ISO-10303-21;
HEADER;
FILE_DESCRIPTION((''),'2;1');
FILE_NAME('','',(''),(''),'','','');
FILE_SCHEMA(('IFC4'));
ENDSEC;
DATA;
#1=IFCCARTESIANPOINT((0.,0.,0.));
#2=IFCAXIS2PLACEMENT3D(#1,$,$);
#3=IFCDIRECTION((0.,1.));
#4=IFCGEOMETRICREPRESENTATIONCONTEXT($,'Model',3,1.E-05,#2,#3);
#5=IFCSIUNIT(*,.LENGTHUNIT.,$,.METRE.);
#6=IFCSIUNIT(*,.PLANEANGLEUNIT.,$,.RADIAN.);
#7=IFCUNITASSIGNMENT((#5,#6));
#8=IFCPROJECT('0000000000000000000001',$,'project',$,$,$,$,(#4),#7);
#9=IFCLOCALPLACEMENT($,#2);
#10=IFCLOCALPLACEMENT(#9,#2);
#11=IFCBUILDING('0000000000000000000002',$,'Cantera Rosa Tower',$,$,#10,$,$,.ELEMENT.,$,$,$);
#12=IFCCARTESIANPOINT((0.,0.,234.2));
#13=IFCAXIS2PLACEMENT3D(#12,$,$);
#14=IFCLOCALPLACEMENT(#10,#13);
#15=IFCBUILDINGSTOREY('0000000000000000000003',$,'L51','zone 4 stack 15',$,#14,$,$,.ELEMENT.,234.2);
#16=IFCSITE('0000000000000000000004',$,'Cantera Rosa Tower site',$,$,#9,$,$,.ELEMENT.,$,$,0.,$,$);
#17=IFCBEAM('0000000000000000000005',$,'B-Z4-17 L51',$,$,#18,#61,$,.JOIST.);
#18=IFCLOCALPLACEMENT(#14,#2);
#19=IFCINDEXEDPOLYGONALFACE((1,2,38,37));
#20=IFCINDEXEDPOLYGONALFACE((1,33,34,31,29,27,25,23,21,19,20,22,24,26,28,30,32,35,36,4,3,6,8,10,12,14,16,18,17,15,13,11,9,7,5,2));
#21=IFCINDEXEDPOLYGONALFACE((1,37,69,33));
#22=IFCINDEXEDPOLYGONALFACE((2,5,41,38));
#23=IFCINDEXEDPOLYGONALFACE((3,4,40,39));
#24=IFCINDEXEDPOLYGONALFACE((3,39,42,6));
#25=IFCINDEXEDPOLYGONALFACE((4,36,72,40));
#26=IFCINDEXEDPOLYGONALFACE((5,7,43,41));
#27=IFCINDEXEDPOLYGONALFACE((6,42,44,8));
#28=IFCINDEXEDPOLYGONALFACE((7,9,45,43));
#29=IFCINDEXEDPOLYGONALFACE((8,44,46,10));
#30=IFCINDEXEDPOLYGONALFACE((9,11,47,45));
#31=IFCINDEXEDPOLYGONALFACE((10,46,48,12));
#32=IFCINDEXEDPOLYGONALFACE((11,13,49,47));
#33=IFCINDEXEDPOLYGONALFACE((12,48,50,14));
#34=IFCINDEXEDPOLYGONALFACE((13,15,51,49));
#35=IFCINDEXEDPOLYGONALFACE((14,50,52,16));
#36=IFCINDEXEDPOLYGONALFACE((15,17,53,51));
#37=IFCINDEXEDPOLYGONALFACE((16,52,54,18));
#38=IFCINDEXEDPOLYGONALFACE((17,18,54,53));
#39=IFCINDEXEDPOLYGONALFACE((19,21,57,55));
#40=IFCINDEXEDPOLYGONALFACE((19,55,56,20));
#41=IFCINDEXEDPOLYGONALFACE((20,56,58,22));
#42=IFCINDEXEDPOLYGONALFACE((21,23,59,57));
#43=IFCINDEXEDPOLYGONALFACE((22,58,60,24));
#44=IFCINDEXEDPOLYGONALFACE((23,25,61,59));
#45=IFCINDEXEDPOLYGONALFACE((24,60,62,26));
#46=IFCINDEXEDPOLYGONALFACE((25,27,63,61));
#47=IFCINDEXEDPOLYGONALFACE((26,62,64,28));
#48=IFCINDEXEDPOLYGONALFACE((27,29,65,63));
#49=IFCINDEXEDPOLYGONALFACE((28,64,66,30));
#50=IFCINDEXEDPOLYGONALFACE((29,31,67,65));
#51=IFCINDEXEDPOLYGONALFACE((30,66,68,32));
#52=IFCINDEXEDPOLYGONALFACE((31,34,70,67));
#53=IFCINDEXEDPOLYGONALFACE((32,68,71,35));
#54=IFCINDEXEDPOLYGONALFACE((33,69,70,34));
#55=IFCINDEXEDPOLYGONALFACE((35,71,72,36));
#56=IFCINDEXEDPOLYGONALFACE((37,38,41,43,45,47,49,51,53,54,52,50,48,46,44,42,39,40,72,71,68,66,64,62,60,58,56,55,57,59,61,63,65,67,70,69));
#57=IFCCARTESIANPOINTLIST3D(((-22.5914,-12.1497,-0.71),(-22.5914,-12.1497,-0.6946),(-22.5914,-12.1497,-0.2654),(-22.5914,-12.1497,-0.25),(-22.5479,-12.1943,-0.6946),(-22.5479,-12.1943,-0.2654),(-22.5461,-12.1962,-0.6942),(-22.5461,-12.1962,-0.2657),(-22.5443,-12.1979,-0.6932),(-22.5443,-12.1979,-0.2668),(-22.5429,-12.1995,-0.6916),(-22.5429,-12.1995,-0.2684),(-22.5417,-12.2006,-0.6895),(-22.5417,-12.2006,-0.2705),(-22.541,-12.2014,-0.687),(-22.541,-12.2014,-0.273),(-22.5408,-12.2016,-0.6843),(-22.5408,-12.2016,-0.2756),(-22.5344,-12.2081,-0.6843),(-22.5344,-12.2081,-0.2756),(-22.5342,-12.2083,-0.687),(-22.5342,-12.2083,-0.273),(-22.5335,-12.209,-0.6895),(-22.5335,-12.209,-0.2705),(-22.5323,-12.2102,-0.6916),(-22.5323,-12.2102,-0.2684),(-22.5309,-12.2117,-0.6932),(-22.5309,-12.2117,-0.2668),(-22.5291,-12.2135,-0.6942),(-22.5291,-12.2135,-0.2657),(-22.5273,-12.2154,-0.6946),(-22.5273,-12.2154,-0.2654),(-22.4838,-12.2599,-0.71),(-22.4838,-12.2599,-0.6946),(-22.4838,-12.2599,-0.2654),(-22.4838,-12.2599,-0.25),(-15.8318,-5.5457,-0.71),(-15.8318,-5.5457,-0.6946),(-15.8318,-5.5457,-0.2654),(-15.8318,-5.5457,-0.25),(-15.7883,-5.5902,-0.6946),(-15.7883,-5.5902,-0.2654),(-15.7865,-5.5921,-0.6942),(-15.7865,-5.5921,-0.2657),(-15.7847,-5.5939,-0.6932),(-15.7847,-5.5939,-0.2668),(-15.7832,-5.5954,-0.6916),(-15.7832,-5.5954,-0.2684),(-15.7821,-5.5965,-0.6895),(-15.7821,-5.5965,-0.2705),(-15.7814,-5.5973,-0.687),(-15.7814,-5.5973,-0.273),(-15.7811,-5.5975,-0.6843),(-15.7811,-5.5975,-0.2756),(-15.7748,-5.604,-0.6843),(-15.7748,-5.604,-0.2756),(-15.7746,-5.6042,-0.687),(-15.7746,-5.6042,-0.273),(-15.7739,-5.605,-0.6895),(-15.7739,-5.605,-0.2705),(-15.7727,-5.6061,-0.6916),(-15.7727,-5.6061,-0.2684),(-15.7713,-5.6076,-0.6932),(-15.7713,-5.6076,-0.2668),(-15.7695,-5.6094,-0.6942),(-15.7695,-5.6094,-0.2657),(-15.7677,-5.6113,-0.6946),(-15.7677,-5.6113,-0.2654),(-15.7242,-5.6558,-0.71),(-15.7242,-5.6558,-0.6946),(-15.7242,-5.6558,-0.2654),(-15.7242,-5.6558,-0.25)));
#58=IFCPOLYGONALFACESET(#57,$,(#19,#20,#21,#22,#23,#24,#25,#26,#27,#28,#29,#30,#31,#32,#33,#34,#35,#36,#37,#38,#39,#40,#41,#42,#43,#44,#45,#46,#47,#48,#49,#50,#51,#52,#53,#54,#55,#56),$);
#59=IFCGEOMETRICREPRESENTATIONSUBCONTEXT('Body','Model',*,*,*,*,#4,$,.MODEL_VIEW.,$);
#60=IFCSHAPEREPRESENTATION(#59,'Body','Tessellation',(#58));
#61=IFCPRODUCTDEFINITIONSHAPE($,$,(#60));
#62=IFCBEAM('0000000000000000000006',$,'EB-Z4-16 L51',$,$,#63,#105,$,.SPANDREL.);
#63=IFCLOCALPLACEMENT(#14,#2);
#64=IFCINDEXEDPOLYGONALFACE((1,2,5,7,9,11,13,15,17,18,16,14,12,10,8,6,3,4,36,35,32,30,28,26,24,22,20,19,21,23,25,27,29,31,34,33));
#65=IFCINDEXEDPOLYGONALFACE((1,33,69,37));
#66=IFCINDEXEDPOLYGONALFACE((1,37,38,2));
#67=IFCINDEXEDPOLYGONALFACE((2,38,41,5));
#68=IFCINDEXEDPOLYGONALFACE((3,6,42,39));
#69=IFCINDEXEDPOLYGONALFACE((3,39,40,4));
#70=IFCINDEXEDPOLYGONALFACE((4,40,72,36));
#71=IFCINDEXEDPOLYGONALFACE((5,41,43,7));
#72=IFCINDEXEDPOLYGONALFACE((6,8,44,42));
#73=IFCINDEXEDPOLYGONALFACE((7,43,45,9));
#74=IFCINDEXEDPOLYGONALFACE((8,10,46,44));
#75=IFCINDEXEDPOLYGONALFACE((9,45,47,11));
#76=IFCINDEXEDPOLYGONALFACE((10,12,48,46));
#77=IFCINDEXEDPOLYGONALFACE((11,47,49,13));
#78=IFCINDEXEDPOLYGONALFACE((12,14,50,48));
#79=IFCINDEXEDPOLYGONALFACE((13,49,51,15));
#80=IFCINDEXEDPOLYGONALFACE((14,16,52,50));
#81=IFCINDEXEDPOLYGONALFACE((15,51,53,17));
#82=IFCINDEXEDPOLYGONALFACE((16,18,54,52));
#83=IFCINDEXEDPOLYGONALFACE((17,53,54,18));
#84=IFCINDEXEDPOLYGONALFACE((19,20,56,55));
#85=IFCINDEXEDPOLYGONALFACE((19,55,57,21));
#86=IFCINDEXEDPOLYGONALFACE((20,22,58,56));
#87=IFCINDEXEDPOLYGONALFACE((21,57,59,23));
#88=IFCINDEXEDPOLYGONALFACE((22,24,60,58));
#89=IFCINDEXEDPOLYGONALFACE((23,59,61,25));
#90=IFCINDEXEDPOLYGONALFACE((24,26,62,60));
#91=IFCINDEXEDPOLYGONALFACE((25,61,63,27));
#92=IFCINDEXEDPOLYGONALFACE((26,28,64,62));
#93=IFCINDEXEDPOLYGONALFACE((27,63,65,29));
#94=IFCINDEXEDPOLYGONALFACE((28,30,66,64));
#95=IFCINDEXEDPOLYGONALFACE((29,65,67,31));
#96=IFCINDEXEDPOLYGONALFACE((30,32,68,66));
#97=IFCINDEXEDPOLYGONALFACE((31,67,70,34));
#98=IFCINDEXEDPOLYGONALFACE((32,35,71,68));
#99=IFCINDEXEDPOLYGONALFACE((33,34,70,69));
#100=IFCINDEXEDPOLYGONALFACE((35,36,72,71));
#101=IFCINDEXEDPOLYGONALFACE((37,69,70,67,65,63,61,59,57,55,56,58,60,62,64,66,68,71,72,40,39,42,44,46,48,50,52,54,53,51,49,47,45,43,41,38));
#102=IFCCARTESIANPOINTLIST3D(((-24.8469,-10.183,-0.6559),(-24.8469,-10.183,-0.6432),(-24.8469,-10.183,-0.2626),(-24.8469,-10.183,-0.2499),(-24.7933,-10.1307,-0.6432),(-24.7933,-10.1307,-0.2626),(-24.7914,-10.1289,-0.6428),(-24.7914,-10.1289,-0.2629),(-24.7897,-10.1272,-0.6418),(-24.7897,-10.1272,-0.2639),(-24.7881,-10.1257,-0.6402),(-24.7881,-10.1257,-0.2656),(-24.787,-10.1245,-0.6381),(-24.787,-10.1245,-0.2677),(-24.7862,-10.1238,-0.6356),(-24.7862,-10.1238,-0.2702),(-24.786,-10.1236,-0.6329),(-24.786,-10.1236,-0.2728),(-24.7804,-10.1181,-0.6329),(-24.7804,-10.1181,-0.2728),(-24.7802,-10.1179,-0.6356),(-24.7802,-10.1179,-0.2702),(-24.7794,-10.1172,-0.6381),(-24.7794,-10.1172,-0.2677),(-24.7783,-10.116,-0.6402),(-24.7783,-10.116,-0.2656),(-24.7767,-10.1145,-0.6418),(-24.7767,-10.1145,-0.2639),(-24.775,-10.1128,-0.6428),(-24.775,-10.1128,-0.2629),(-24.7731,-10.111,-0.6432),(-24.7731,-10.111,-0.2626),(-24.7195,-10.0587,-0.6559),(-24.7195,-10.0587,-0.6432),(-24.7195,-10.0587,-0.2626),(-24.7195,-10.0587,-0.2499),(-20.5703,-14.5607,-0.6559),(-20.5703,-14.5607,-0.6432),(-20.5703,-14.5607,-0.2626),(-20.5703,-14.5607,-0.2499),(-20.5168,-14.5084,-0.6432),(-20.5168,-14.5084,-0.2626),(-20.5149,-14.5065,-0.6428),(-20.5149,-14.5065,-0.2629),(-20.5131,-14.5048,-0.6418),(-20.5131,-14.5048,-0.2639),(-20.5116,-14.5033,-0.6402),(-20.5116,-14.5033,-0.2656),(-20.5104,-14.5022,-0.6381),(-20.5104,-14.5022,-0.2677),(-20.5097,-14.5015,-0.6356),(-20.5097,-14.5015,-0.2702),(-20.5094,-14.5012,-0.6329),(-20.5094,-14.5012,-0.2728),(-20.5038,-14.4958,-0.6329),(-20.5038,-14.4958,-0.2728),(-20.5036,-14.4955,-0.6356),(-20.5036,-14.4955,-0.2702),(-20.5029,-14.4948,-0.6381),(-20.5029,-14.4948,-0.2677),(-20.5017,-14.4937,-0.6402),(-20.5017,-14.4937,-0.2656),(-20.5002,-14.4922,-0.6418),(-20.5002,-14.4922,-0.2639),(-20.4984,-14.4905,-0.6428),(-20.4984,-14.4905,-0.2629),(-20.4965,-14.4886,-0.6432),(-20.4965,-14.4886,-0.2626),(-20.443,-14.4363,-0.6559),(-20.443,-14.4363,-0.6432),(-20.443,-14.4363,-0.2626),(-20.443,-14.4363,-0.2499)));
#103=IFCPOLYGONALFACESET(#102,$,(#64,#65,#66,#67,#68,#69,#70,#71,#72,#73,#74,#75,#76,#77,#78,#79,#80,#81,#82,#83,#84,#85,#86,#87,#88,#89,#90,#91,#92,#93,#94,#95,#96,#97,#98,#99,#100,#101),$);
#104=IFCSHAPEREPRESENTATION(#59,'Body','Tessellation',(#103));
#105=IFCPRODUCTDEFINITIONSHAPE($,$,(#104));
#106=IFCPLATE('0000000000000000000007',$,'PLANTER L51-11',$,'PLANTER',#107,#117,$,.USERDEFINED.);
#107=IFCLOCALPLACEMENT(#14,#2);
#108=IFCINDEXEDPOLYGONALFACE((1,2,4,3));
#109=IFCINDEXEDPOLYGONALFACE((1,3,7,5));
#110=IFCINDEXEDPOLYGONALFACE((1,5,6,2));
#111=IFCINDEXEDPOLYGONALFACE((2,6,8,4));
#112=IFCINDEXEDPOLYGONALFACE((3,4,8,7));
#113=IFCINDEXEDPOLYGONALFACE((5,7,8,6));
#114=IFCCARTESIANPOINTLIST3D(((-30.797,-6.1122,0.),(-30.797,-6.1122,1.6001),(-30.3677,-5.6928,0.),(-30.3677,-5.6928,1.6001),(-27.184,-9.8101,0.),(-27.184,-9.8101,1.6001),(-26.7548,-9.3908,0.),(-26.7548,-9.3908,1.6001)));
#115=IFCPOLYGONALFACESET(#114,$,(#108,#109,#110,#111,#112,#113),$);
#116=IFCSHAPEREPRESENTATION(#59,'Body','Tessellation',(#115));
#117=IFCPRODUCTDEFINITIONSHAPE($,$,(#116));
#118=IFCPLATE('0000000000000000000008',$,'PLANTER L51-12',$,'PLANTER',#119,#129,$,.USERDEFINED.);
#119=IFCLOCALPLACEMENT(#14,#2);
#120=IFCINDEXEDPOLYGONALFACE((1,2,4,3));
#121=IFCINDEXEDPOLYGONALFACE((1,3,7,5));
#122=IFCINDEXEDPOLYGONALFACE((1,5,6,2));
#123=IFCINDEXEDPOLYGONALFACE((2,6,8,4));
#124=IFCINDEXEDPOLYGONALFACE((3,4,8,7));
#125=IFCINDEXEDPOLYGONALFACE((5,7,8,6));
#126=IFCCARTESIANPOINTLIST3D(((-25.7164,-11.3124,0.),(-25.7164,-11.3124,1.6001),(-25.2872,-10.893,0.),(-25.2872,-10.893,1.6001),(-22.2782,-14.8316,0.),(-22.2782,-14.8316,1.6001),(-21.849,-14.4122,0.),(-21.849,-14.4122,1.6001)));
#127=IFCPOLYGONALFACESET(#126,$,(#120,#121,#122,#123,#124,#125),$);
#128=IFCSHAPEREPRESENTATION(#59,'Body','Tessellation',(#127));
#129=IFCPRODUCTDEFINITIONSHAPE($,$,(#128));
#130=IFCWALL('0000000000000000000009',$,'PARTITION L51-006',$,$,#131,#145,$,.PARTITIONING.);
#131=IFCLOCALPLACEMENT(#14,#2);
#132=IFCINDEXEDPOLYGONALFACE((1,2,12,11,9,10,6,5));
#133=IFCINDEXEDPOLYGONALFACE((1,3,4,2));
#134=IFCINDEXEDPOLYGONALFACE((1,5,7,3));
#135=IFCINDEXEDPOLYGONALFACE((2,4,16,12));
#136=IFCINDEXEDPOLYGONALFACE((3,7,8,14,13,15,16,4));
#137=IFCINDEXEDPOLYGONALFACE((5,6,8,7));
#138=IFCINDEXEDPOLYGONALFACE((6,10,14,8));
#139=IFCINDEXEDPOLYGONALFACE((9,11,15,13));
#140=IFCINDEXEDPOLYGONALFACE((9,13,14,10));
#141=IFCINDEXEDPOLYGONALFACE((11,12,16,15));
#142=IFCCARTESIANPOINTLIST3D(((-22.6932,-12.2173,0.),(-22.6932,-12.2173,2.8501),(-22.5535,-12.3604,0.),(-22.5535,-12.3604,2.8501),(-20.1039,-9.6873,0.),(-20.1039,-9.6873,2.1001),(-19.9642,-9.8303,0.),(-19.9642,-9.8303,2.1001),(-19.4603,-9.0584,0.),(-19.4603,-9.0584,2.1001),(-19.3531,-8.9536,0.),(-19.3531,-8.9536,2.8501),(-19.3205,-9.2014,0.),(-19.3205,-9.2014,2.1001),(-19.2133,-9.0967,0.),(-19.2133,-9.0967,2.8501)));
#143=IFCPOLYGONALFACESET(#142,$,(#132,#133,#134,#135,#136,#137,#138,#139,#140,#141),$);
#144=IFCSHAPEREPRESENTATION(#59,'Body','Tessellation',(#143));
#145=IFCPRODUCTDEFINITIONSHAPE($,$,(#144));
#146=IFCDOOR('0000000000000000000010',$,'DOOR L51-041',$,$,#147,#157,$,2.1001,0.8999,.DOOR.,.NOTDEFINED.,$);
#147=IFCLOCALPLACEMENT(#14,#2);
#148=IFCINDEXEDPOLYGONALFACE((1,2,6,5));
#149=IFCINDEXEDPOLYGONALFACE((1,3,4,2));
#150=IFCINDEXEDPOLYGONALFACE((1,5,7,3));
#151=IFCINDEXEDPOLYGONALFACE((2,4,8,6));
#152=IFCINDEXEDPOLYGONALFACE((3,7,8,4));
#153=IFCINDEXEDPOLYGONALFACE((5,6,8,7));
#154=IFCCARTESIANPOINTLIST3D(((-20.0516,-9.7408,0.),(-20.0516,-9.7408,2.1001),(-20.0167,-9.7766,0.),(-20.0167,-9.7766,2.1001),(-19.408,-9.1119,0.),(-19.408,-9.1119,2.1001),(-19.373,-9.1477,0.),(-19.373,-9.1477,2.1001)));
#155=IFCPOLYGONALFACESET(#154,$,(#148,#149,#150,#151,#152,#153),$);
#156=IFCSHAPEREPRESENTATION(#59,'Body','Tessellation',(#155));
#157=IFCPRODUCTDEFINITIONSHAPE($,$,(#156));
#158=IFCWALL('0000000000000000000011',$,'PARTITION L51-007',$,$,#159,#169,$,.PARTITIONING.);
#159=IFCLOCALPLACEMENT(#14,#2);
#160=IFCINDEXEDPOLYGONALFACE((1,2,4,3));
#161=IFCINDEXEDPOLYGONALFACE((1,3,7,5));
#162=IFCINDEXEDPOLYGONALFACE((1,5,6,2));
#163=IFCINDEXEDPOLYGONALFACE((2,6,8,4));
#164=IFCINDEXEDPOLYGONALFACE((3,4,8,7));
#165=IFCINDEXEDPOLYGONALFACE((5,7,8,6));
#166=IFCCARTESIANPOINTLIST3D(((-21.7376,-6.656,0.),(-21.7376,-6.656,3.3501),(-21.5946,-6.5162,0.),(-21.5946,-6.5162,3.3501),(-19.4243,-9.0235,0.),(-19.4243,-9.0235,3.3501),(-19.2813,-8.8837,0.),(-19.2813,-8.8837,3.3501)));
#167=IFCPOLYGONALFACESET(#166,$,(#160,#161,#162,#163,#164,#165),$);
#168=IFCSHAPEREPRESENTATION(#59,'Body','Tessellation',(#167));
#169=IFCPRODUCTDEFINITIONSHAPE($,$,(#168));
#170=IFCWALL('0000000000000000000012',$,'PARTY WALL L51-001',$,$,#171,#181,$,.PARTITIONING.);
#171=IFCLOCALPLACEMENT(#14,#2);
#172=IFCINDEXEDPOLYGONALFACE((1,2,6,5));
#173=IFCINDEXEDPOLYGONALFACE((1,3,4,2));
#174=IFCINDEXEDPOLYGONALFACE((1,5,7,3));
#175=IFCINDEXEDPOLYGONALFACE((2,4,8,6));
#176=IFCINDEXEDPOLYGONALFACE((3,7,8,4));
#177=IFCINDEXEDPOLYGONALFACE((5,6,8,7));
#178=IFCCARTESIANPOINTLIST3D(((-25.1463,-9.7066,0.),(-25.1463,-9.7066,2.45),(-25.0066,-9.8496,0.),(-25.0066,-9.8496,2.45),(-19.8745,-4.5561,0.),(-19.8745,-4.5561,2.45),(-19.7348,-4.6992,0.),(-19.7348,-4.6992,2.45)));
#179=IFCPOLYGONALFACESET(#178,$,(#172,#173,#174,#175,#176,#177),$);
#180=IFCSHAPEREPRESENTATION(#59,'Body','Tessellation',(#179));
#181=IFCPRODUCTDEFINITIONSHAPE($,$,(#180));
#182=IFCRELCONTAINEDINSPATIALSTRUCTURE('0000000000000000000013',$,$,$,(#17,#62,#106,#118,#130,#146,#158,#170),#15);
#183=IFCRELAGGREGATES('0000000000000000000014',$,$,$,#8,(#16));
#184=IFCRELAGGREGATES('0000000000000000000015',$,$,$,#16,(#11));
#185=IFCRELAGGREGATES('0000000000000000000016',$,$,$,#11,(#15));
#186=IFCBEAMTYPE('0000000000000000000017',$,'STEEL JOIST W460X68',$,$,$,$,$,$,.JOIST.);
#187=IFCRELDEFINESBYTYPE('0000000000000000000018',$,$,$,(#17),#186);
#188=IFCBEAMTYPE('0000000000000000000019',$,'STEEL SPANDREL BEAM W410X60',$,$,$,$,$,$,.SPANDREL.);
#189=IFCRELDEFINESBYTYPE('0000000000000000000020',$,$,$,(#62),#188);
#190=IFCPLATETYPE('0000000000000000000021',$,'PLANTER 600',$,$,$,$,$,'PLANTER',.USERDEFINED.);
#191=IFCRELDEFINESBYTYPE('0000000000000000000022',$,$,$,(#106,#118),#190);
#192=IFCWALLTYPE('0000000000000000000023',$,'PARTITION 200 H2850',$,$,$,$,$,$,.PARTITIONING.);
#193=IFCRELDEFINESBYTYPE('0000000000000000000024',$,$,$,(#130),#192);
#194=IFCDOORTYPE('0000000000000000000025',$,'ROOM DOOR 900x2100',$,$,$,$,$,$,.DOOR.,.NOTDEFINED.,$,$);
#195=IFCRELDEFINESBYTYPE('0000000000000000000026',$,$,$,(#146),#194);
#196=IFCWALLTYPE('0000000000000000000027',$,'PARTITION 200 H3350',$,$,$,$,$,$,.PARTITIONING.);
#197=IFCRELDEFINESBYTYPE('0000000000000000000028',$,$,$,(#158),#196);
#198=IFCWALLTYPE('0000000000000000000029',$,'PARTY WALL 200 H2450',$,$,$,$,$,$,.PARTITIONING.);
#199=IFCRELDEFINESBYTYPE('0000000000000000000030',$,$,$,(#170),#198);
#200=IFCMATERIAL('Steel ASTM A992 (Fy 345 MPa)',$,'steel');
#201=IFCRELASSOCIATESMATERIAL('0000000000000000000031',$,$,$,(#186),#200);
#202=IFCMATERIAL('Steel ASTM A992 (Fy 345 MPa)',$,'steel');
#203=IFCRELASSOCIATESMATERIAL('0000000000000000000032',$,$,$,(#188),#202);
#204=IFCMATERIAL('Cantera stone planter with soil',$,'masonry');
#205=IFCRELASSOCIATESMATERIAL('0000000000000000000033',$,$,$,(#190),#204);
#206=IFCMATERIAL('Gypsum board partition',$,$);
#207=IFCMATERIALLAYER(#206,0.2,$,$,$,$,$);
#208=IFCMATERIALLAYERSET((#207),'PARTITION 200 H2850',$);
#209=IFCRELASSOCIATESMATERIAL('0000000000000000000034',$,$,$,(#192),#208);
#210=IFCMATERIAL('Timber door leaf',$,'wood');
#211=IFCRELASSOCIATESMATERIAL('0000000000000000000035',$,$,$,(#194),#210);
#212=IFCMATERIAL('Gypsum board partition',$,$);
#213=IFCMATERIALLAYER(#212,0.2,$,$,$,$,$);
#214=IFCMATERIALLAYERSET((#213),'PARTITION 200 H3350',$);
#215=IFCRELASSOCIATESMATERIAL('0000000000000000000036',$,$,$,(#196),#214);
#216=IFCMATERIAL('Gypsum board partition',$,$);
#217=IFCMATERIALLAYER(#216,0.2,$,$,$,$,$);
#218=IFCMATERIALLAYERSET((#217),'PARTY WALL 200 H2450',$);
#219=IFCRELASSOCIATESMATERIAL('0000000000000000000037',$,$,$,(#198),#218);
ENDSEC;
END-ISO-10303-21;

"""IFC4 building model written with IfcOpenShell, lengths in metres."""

from ifc_helpers import new_model, si_unit, direction, frame, frame_2d, origin, origin_2d, place, context, subcontext, project, spatial, rectangle, i_section, extrude, material, layer, layer_set, material_profile, profile_set, type_object, element, fill, save


model = new_model("IFC4")

# Units and contexts
model_context = context("Model", 3, precision=1e-05, world=origin(), true_north=direction((0.0, 1.0)))
body_context = subcontext(model_context, "Body", "Model", "MODEL_VIEW")
ifc_project = project(units=[si_unit("LENGTHUNIT", "METRE"), si_unit("PLANEANGLEUNIT", "RADIAN")], contexts=[model_context])

# Site, building, storey
site_placement = place(None, origin())
site = spatial("IfcSite", under=ifc_project, at=site_placement, Name="Cantera Rosa Tower site", CompositionType="ELEMENT", RefElevation=0.0)
building_placement = place(site_placement, origin())
building = spatial("IfcBuilding", under=site, at=building_placement, Name="Cantera Rosa Tower", CompositionType="ELEMENT")
storey_placement = place(building_placement, frame((0.0, 0.0, 234.2)))
storey = spatial("IfcBuildingStorey", under=building, at=storey_placement, Name="L51", Description="zone 4 stack 15", CompositionType="ELEMENT", Elevation=234.2)

# Beams
ifc_material_1 = material(Name="Steel ASTM A992 (Fy 345 MPa)", Category="steel")
ifc_material_profile_1 = material_profile(ifc_material_1, i_section(OverallWidth=0.1541, OverallDepth=0.46, WebThickness=0.009, FlangeThickness=0.0154, FilletRadius=0.0103, at=origin_2d()), Name="W460X68")
ifc_profile_set_1 = profile_set([ifc_material_profile_1], Name="Steel ASTM A992 (Fy 345 MPa)")
beam_type_1 = type_object("IfcBeamType", Name="STEEL JOIST W460X68", PredefinedType="JOIST", material=ifc_profile_set_1)
beam_1_placement = place(storey_placement, frame((-22.5376, -12.2048, -0.48), z_axis=(0.715287, 0.698831, 0.0), x_axis=(-0.698831, 0.715287, 0.0)))
element("IfcBeam", 1, at=beam_1_placement, inside=storey, type_object=beam_type_1, Name="B-Z4-17 L51", PredefinedType="JOIST", context=body_context, shape_type="SweptSolid", body=[
    extrude(i_section(OverallWidth=0.1541, OverallDepth=0.46, WebThickness=0.009, FlangeThickness=0.0154, FilletRadius=0.0103, at=origin_2d()), origin(), (0.0, 0.0, 1.0), 9.4502),
])
ifc_material_2 = material(Name="Steel ASTM A992 (Fy 345 MPa)", Category="steel")
ifc_material_profile_2 = material_profile(ifc_material_2, i_section(OverallWidth=0.178, OverallDepth=0.406, WebThickness=0.0078, FlangeThickness=0.0127, FilletRadius=0.0103, at=origin_2d()), Name="W410X60")
ifc_profile_set_2 = profile_set([ifc_material_profile_2], Name="Steel ASTM A992 (Fy 345 MPa)")
beam_type_2 = type_object("IfcBeamType", Name="STEEL SPANDREL BEAM W410X60", PredefinedType="SPANDREL", material=ifc_profile_set_2)
beam_2_placement = place(storey_placement, frame((-24.7832, -10.1208, -0.4529), z_axis=(0.698801, -0.715316, 0.0), x_axis=(0.715316, 0.698801, 0.0)))
element("IfcBeam", 2, at=beam_2_placement, inside=storey, type_object=beam_type_2, Name="EB-Z4-16 L51", PredefinedType="SPANDREL", context=body_context, shape_type="SweptSolid", body=[
    extrude(i_section(OverallWidth=0.178, OverallDepth=0.406, WebThickness=0.0078, FlangeThickness=0.0127, FilletRadius=0.0103, at=origin_2d()), origin(), (0.0, 0.0, 1.0), 6.1199),
])

# Plates
ifc_material_3 = material(Name="Cantera stone planter with soil", Category="masonry")
plate_type = type_object("IfcPlateType", Name="PLANTER 600", ElementType="PLANTER", PredefinedType="USERDEFINED", material=ifc_material_3)
plate_1_placement = place(storey_placement, frame((-28.7759, -7.7515, 0.0), z_axis=(0.0, 0.0, 1.0), x_axis=(0.698832, -0.715286, 0.0)))
element("IfcPlate", 3, at=plate_1_placement, inside=storey, type_object=plate_type, Name="PLANTER L51-11", ObjectType="PLANTER", PredefinedType="USERDEFINED", context=body_context, shape_type="SweptSolid", body=[
    extrude(rectangle(XDim=5.1699, YDim=0.6001, at=origin_2d()), origin(), (0.0, 0.0, 1.0), 1.6001),
])
plate_2_placement = place(storey_placement, frame((-23.7827, -12.8623, 0.0), z_axis=(0.0, 0.0, 1.0), x_axis=(0.698832, -0.715286, 0.0)))
element("IfcPlate", 4, at=plate_2_placement, inside=storey, type_object=plate_type, Name="PLANTER L51-12", ObjectType="PLANTER", PredefinedType="USERDEFINED", context=body_context, shape_type="SweptSolid", body=[
    extrude(rectangle(XDim=4.9199, YDim=0.6001, at=origin_2d()), origin(), (0.0, 0.0, 1.0), 1.6001),
])

# Wall, opening, door
ifc_material_4 = material(Name="Gypsum board partition")
ifc_layer_1 = layer(ifc_material_4, 0.2)
ifc_layer_set_1 = layer_set([ifc_layer_1], Name="PARTITION 200 H2850")
wall_type_1 = type_object("IfcWallType", Name="PARTITION 200 H2850", PredefinedType="PARTITIONING", material=ifc_layer_set_1)
wall_1_placement = place(storey_placement, frame((-19.2832, -9.0251, 0.0), z_axis=(0.0, 0.0, 1.0), x_axis=(-0.715241, -0.698878, 0.0)))
wall_1 = element("IfcWall", 5, at=wall_1_placement, inside=storey, type_object=wall_type_1, Name="PARTITION L51-006", PredefinedType="PARTITIONING", context=body_context, shape_type="SweptSolid", body=[
    extrude(rectangle(XDim=4.6699, YDim=0.2, at=frame_2d((2.335, 0.0))), origin(), (0.0, 0.0, 1.0), 2.8501),
])
opening_1_placement = place(wall_1_placement, frame((0.1499, 0.0, 0.0)))
opening_1 = element("IfcOpeningElement", 6, at=opening_1_placement, cuts=wall_1, PredefinedType="OPENING", context=body_context, shape_type="SweptSolid", body=[
    extrude(rectangle(XDim=0.8999, YDim=2.1001, at=frame_2d((0.45, 1.05))), frame((0.0, 0.1099, 0.0), z_axis=(0.0, -1.0, 0.0), x_axis=(1.0, 0.0, 0.0)), (0.0, 0.0, 1.0), 0.22),
])
ifc_material_5 = material(Name="Timber door leaf", Category="wood")
door_type_1 = type_object("IfcDoorType", Name="ROOM DOOR 900x2100", OperationType="NOTDEFINED", PredefinedType="DOOR", material=ifc_material_5)
door_1_placement = place(opening_1_placement, origin())
door_1 = element("IfcDoor", 7, at=door_1_placement, inside=storey, type_object=door_type_1, Name="DOOR L51-041", OperationType="NOTDEFINED", OverallHeight=2.1001, OverallWidth=0.8999, PredefinedType="DOOR", context=body_context, shape_type="SweptSolid", body=[
    extrude(rectangle(XDim=0.8999, YDim=2.1001, at=frame_2d((0.45, 1.05))), frame((0.0, 0.0249, 0.0), z_axis=(0.0, -1.0, 0.0), x_axis=(1.0, 0.0, 0.0)), (0.0, 0.0, 1.0), 0.05),
])
fill(opening_1, door_1)

# Walls
ifc_material_6 = material(Name="Gypsum board partition")
ifc_layer_2 = layer(ifc_material_6, 0.2)
ifc_layer_set_2 = layer_set([ifc_layer_2], Name="PARTITION 200 H3350")
wall_type_2 = type_object("IfcWallType", Name="PARTITION 200 H3350", PredefinedType="PARTITIONING", material=ifc_layer_set_2)
wall_2_placement = place(storey_placement, frame((-19.3528, -8.9536, 0.0), z_axis=(0.0, 0.0, 1.0), x_axis=(-0.698872, 0.715247, 0.0)))
element("IfcWall", 8, at=wall_2_placement, inside=storey, type_object=wall_type_2, Name="PARTITION L51-007", PredefinedType="PARTITIONING", context=body_context, shape_type="SweptSolid", body=[
    extrude(rectangle(XDim=3.3101, YDim=0.2, at=frame_2d((1.655, 0.0))), origin(), (0.0, 0.0, 1.0), 3.3501),
])
ifc_material_7 = material(Name="Gypsum board partition")
ifc_layer_3 = layer(ifc_material_7, 0.2)
ifc_layer_set_3 = layer_set([ifc_layer_3], Name="PARTY WALL 200 H2450")
wall_type_3 = type_object("IfcWallType", Name="PARTY WALL 200 H2450", PredefinedType="PARTITIONING", material=ifc_layer_set_3)
wall_3_placement = place(storey_placement, frame((-25.0764, -9.7781, 0.0), z_axis=(0.0, 0.0, 1.0), x_axis=(0.715291, 0.698827, 0.0)))
element("IfcWall", 9, at=wall_3_placement, inside=storey, type_object=wall_type_3, Name="PARTY WALL L51-001", PredefinedType="PARTITIONING", context=body_context, shape_type="SweptSolid", body=[
    extrude(rectangle(XDim=7.3701, YDim=0.2, at=frame_2d((3.6851, 0.0))), origin(), (0.0, 0.0, 1.0), 2.45),
])

save(model, "model.ifc")
